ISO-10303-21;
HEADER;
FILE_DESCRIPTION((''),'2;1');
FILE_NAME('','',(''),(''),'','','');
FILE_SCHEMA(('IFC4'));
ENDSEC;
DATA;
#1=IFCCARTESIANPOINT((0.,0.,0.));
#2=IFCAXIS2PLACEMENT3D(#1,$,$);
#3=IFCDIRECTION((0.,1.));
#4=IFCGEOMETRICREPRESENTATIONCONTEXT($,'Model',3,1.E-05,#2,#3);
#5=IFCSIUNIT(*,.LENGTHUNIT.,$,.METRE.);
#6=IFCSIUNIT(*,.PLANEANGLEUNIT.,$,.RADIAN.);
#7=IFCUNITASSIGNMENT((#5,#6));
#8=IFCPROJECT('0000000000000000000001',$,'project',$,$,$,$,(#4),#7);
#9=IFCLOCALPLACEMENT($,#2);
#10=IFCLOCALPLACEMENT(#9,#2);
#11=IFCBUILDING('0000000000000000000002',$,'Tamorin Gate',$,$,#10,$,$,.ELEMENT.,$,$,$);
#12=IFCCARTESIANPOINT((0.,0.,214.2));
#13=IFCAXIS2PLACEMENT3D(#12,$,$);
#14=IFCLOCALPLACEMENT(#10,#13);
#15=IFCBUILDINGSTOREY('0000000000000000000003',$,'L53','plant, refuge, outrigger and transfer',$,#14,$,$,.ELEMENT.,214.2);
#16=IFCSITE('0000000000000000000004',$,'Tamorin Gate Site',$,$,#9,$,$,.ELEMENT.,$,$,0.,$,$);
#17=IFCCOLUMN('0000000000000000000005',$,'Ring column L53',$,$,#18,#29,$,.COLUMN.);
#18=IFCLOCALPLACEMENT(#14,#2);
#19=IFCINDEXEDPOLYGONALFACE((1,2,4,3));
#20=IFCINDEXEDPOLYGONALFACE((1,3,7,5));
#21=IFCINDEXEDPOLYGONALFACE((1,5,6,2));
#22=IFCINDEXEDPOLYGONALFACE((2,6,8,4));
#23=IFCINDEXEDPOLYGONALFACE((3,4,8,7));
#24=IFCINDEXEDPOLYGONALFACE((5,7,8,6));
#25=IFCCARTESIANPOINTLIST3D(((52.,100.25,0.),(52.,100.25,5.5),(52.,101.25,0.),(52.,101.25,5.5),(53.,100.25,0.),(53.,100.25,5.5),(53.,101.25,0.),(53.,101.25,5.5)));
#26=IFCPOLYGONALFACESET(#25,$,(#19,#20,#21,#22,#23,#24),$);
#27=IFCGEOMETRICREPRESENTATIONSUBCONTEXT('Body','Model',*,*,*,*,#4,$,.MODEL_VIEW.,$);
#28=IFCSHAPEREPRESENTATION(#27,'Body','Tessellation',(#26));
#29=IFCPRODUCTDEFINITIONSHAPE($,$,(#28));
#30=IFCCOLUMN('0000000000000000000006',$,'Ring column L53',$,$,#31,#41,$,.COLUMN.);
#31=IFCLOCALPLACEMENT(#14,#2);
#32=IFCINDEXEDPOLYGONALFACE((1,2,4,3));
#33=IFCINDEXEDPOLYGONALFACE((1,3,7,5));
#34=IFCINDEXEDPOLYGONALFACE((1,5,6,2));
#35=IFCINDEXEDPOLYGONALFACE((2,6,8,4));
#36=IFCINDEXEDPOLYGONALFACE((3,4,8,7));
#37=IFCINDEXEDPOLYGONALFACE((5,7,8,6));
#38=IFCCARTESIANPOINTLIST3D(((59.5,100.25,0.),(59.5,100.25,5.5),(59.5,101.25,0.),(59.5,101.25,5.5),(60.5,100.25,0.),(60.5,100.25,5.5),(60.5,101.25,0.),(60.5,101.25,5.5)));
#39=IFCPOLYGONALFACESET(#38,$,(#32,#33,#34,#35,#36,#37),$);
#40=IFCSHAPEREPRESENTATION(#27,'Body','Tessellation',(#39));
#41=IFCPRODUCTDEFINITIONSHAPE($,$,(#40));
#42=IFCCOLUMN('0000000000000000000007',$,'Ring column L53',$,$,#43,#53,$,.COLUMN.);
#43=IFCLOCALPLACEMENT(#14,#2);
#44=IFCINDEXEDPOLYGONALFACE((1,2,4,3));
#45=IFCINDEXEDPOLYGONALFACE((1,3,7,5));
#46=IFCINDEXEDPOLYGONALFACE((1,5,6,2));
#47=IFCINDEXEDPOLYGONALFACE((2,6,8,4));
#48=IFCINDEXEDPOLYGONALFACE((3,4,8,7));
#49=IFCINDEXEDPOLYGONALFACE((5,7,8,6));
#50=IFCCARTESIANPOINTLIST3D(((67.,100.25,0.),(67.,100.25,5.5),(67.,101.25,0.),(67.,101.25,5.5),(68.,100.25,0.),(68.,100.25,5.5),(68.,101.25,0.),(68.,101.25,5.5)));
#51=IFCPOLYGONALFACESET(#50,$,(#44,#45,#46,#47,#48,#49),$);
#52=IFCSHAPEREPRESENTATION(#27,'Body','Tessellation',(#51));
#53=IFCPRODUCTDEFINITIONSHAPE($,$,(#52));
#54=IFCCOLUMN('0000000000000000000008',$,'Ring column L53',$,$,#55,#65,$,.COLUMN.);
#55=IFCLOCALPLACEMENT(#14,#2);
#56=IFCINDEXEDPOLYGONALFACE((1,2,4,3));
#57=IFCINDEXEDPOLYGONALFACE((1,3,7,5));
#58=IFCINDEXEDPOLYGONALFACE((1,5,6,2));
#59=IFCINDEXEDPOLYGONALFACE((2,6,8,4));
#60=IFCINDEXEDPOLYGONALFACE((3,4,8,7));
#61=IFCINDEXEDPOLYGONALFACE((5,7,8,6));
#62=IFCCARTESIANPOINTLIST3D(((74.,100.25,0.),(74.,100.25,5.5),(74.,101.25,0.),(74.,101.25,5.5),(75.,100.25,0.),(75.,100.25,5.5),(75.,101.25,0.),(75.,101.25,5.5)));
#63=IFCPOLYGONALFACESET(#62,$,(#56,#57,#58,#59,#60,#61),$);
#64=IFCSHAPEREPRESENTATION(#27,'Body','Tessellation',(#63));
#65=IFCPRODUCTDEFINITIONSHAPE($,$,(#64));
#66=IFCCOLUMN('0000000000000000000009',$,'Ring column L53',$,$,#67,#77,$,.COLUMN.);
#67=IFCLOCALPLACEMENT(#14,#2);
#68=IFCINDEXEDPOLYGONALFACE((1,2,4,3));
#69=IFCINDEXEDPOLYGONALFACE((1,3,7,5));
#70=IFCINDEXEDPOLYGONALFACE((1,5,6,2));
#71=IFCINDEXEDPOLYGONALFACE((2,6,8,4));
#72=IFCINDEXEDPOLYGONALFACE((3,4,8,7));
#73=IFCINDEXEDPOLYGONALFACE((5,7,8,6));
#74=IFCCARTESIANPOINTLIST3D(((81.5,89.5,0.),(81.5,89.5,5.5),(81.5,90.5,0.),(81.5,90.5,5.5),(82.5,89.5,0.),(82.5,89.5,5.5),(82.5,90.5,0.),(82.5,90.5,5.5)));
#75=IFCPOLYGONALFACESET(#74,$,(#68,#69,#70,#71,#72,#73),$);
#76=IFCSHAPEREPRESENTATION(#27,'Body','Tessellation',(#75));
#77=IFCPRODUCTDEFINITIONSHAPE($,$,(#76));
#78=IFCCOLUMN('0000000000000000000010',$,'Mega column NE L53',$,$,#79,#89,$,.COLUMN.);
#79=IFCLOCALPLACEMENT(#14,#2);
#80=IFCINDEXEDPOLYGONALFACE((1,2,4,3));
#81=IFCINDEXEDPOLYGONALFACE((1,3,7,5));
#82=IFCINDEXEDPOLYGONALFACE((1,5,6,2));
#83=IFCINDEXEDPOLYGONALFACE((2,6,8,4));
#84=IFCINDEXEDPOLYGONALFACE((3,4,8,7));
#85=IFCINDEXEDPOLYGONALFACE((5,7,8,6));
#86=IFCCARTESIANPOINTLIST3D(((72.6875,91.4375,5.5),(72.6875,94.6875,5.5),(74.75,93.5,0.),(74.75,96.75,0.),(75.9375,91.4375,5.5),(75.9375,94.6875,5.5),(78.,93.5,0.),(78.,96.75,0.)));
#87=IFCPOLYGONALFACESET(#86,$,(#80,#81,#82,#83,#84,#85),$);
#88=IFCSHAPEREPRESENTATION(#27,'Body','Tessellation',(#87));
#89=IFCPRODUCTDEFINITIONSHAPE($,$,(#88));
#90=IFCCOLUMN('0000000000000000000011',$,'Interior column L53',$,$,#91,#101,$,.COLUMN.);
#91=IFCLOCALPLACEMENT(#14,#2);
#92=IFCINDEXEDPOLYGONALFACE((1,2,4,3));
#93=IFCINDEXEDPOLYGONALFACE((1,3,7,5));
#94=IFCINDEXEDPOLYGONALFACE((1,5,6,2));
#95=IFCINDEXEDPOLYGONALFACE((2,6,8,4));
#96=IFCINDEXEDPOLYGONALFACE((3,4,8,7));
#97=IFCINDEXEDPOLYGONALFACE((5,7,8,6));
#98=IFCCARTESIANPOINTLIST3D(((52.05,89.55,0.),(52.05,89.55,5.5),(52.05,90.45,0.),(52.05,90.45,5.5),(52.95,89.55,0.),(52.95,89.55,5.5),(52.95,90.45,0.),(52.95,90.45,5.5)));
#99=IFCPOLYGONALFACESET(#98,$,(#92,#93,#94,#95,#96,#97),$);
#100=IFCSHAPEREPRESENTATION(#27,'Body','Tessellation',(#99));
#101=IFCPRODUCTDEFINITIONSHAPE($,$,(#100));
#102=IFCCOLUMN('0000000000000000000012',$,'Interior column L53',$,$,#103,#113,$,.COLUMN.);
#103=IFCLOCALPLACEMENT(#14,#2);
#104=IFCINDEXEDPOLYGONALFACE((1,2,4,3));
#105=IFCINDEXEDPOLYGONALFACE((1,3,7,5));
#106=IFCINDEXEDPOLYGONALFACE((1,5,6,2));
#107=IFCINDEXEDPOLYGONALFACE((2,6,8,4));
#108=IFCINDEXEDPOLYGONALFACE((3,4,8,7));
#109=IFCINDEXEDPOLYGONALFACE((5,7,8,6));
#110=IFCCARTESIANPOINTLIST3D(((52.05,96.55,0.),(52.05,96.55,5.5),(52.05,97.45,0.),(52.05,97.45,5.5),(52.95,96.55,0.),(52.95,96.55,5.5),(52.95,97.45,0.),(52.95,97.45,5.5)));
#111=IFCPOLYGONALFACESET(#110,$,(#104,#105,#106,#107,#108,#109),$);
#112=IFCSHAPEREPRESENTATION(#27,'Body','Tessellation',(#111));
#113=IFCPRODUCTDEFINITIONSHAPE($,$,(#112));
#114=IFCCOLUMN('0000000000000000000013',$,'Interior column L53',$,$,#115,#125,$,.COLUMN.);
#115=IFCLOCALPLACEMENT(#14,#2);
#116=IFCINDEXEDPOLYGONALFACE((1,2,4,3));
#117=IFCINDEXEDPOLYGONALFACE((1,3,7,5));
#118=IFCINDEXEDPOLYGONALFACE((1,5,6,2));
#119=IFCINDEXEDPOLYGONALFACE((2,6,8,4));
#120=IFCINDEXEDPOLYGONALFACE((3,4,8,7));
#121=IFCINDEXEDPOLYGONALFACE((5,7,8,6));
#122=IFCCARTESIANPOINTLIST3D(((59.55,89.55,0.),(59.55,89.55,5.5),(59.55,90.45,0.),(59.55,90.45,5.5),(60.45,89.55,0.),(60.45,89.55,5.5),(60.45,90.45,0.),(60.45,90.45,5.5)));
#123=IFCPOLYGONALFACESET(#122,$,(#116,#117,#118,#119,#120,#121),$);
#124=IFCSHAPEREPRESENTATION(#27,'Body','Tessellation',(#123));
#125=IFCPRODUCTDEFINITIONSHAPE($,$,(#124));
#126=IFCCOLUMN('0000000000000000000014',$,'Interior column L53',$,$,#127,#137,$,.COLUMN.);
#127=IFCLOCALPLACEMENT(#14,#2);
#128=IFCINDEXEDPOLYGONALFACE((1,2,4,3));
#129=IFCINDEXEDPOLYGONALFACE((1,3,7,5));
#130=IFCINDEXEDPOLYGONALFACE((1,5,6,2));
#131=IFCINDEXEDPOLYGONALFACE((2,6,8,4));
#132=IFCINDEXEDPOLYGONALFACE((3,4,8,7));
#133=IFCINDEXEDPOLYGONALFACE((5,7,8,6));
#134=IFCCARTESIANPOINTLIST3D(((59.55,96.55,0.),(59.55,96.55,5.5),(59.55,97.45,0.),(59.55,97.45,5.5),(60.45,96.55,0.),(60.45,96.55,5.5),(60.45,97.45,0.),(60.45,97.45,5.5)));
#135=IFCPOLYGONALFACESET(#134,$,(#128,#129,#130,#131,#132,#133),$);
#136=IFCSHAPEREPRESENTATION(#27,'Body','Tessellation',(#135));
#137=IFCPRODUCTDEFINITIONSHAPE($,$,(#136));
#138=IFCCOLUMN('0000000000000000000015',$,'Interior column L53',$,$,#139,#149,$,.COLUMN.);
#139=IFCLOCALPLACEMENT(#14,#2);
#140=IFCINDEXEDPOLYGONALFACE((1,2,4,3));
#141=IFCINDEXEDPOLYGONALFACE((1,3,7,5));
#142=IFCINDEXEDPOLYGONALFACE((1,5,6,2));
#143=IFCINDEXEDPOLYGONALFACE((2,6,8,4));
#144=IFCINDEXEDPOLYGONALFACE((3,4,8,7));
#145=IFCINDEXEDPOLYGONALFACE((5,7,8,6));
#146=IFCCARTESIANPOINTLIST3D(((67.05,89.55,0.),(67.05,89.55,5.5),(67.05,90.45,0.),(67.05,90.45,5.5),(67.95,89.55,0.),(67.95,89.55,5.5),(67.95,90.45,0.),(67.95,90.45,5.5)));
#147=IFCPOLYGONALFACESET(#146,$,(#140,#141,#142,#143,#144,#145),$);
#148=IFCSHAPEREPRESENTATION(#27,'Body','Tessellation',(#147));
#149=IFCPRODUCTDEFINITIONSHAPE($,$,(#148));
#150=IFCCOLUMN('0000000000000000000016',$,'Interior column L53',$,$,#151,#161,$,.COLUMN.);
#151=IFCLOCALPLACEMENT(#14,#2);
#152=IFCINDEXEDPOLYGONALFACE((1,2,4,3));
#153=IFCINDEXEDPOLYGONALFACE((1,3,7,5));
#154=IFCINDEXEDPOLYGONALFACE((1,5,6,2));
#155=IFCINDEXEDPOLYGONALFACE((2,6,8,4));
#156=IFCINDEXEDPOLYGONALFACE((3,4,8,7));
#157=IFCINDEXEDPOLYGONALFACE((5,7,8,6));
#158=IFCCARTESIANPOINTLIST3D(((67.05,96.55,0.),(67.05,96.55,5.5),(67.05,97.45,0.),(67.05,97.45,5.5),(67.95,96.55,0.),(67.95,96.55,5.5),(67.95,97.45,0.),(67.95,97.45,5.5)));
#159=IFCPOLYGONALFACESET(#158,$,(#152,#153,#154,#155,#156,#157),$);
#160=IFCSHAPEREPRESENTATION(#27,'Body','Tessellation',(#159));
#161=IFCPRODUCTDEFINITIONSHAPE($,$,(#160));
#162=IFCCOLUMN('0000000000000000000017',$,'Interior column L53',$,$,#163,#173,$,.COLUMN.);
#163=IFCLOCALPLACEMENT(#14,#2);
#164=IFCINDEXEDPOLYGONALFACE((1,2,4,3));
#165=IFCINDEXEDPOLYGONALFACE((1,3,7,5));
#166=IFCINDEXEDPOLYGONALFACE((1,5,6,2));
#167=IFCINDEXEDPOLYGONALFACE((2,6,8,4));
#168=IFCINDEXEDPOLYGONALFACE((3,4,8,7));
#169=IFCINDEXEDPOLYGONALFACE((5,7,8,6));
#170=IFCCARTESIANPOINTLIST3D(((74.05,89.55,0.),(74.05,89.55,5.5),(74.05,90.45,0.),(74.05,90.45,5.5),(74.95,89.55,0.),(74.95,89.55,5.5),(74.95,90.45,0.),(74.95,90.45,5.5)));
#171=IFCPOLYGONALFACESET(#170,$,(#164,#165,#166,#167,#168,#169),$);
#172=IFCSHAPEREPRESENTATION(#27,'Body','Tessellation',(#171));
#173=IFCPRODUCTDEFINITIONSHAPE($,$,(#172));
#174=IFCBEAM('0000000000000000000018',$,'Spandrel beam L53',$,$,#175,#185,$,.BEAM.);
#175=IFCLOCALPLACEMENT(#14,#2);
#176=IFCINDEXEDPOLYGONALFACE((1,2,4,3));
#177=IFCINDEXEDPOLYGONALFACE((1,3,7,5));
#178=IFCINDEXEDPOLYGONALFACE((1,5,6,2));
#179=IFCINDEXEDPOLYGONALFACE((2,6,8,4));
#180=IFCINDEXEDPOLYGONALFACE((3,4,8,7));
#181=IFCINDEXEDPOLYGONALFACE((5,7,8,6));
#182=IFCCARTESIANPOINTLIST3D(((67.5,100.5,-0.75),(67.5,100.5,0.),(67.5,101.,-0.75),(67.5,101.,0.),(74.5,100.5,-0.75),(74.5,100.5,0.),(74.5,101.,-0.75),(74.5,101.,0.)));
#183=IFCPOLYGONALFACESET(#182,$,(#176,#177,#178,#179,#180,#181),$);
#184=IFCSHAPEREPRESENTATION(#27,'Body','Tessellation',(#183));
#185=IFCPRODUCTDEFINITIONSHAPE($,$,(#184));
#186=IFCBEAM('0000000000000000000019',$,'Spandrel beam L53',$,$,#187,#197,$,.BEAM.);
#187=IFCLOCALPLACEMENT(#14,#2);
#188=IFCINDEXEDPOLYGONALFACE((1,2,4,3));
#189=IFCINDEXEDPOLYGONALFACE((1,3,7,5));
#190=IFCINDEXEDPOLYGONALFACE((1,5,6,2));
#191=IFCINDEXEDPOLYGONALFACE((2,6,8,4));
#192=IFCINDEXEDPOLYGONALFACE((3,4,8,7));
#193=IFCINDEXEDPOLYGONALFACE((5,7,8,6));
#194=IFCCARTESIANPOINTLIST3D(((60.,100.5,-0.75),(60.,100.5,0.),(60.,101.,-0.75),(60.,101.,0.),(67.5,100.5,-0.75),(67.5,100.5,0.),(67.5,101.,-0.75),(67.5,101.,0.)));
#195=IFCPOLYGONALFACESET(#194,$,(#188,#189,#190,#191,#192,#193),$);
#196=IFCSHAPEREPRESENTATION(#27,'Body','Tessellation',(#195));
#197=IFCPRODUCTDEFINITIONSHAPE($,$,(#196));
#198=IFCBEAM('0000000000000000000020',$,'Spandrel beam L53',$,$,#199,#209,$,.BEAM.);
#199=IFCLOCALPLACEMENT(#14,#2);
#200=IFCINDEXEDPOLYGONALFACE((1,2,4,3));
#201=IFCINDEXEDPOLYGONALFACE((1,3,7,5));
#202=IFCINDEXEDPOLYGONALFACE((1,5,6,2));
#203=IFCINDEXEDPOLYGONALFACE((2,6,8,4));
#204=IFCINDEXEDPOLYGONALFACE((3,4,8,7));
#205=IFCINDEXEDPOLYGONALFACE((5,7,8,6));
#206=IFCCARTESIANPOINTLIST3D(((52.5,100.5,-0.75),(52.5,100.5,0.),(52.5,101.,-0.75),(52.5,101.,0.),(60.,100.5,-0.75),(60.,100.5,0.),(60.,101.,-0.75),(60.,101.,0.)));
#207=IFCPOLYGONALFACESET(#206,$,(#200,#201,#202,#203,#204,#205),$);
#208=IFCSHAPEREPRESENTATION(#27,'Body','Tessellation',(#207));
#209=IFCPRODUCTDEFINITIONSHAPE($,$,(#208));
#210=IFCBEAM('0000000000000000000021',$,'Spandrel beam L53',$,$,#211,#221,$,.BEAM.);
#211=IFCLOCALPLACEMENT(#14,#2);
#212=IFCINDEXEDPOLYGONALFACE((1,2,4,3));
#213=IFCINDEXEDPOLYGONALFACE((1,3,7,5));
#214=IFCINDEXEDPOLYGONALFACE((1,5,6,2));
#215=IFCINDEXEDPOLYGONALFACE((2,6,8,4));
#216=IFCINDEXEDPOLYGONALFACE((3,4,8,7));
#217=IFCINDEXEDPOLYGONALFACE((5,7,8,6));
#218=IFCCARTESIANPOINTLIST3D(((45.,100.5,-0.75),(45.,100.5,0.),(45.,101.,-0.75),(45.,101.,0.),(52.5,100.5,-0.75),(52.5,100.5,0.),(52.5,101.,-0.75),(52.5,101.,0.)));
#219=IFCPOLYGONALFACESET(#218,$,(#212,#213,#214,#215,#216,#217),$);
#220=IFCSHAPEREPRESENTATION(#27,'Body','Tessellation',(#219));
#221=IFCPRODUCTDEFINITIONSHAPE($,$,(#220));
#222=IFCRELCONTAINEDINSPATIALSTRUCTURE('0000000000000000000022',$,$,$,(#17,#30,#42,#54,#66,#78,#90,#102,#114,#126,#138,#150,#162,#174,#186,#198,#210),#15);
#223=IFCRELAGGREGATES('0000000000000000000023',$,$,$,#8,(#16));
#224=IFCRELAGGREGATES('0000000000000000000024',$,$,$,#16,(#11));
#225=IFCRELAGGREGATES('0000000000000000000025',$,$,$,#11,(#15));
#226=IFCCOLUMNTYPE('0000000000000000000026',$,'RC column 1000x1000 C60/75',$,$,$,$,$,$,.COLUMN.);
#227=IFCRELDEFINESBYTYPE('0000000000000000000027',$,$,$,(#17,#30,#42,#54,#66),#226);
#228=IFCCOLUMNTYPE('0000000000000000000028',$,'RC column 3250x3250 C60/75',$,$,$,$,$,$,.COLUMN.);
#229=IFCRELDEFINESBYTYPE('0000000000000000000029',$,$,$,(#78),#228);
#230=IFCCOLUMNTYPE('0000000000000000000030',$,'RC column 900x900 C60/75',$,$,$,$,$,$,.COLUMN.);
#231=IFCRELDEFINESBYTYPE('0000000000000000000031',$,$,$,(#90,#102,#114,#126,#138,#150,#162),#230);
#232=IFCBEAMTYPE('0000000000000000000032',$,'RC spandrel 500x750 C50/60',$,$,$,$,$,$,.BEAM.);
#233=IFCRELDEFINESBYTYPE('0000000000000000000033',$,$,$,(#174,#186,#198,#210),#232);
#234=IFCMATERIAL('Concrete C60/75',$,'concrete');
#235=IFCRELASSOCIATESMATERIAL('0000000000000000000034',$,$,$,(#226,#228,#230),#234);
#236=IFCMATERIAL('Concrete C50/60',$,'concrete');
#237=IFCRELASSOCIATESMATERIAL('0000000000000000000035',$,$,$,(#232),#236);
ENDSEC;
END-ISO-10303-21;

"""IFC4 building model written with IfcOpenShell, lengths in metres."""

from ifc_helpers import new_model, si_unit, direction, frame, origin, origin_2d, place, context, subcontext, project, spatial, rectangle, extrude, material, material_profile, profile_set, type_object, element, save


model = new_model("IFC4")

# Units and contexts
model_context = context("Model", 3, precision=1e-05, world=origin(), true_north=direction((0.0, 1.0)))
body_context = subcontext(model_context, "Body", "Model", "MODEL_VIEW")
ifc_project = project(units=[si_unit("LENGTHUNIT", "METRE"), si_unit("PLANEANGLEUNIT", "RADIAN")], contexts=[model_context])

# Site, building, storey
site_placement = place(None, origin())
site = spatial("IfcSite", under=ifc_project, at=site_placement, Name="Tamorin Gate Site", CompositionType="ELEMENT", RefElevation=0.0)
building_placement = place(site_placement, origin())
building = spatial("IfcBuilding", under=site, at=building_placement, Name="Tamorin Gate", CompositionType="ELEMENT")
storey_placement = place(building_placement, frame((0.0, 0.0, 214.2)))
storey = spatial("IfcBuildingStorey", under=building, at=storey_placement, Name="L53", Description="plant, refuge, outrigger and transfer", CompositionType="ELEMENT", Elevation=214.2)

# Columns
ifc_material_1 = material(Name="Concrete C60/75", Category="concrete")
ifc_material_profile_1 = material_profile(ifc_material_1, rectangle(XDim=1.0, YDim=1.0, at=origin_2d()), Name="RC 1000x1000")
ifc_profile_set_1 = profile_set([ifc_material_profile_1], Name="Concrete C60/75")
column_type_1 = type_object("IfcColumnType", Name="RC column 1000x1000 C60/75", PredefinedType="COLUMN", material=ifc_profile_set_1)
for number, where, z_axis, x_axis, name in (
    (1, (52.5, 100.75, 0.0), (0.0, 0.0, 1.0), (1.0, 0.0, 0.0), "Ring column L53"),
    (2, (60.0, 100.75, 0.0), (0.0, 0.0, 1.0), (1.0, 0.0, 0.0), "Ring column L53"),
    (3, (67.5, 100.75, 0.0), (0.0, 0.0, 1.0), (1.0, 0.0, 0.0), "Ring column L53"),
    (4, (74.5, 100.75, 0.0), (0.0, 0.0, 1.0), (1.0, 0.0, 0.0), "Ring column L53"),
    (5, (82.0, 90.0, 0.0), (0.0, 0.0, 1.0), (1.0, 0.0, 0.0), "Ring column L53"),
):
    element("IfcColumn", number, at=place(storey_placement, frame(where, z_axis=z_axis, x_axis=x_axis)), inside=storey, type_object=column_type_1, Name=name, PredefinedType="COLUMN", context=body_context, shape_type="SweptSolid", body=[
        extrude(rectangle(XDim=1.0, YDim=1.0, at=origin_2d()), origin(), (0.0, 0.0, 1.0), 5.5),
    ])
ifc_material_profile_2 = material_profile(ifc_material_1, rectangle(XDim=3.25, YDim=3.25, at=origin_2d()), Name="RC 3250x3250")
ifc_profile_set_2 = profile_set([ifc_material_profile_2], Name="Concrete C60/75")
column_type_2 = type_object("IfcColumnType", Name="RC column 3250x3250 C60/75", PredefinedType="COLUMN", material=ifc_profile_set_2)
column_placement = place(storey_placement, frame((76.375, 95.125, 0.0), z_axis=(0.0, 0.0, 1.0), x_axis=(-1.0, 0.0, 0.0)))
element("IfcColumn", 6, at=column_placement, inside=storey, type_object=column_type_2, Name="Mega column NE L53", PredefinedType="COLUMN", context=body_context, shape_type="SweptSolid", body=[
    extrude(rectangle(XDim=3.25, YDim=3.25, at=origin_2d()), origin(), (0.331295, 0.331295, 0.883452), 6.2256),
])
ifc_material_profile_3 = material_profile(ifc_material_1, rectangle(XDim=0.8999, YDim=0.8999, at=origin_2d()), Name="RC 900x900")
ifc_profile_set_3 = profile_set([ifc_material_profile_3], Name="Concrete C60/75")
column_type_3 = type_object("IfcColumnType", Name="RC column 900x900 C60/75", PredefinedType="COLUMN", material=ifc_profile_set_3)
for number, where, z_axis, x_axis, name in (
    (7, (52.5, 90.0, 0.0), (0.0, 0.0, 1.0), (1.0, 0.0, 0.0), "Interior column L53"),
    (8, (52.5, 97.0, 0.0), (0.0, 0.0, 1.0), (1.0, 0.0, 0.0), "Interior column L53"),
    (9, (60.0, 90.0, 0.0), (0.0, 0.0, 1.0), (1.0, 0.0, 0.0), "Interior column L53"),
    (10, (60.0, 97.0, 0.0), (0.0, 0.0, 1.0), (1.0, 0.0, 0.0), "Interior column L53"),
    (11, (67.5, 90.0, 0.0), (0.0, 0.0, 1.0), (1.0, 0.0, 0.0), "Interior column L53"),
    (12, (67.5, 97.0, 0.0), (0.0, 0.0, 1.0), (1.0, 0.0, 0.0), "Interior column L53"),
    (13, (74.5, 90.0, 0.0), (0.0, 0.0, 1.0), (1.0, 0.0, 0.0), "Interior column L53"),
):
    element("IfcColumn", number, at=place(storey_placement, frame(where, z_axis=z_axis, x_axis=x_axis)), inside=storey, type_object=column_type_3, Name=name, PredefinedType="COLUMN", context=body_context, shape_type="SweptSolid", body=[
        extrude(rectangle(XDim=0.8999, YDim=0.8999, at=origin_2d()), origin(), (0.0, 0.0, 1.0), 5.5),
    ])

# Beams
ifc_material_2 = material(Name="Concrete C50/60", Category="concrete")
ifc_material_profile_4 = material_profile(ifc_material_2, rectangle(XDim=0.5, YDim=0.75, at=origin_2d()), Name="RC 500x750")
ifc_profile_set_4 = profile_set([ifc_material_profile_4], Name="Concrete C50/60")
beam_type_1 = type_object("IfcBeamType", Name="RC spandrel 500x750 C50/60", PredefinedType="BEAM", material=ifc_profile_set_4)
beam_1_placement = place(storey_placement, frame((74.5, 100.75, -0.375), z_axis=(-1.0, 0.0, 0.0), x_axis=(0.0, -1.0, 0.0)))
element("IfcBeam", 14, at=beam_1_placement, inside=storey, type_object=beam_type_1, Name="Spandrel beam L53", PredefinedType="BEAM", context=body_context, shape_type="SweptSolid", body=[
    extrude(rectangle(XDim=0.5, YDim=0.75, at=origin_2d()), origin(), (0.0, 0.0, 1.0), 7.0),
])
for number, where, z_axis, x_axis, name in (
    (15, (67.5, 100.75, -0.375), (-1.0, 0.0, 0.0), (0.0, -1.0, 0.0), "Spandrel beam L53"),
    (16, (60.0, 100.75, -0.375), (-1.0, 0.0, 0.0), (0.0, -1.0, 0.0), "Spandrel beam L53"),
    (17, (52.5, 100.75, -0.375), (-1.0, 0.0, 0.0), (0.0, -1.0, 0.0), "Spandrel beam L53"),
):
    element("IfcBeam", number, at=place(storey_placement, frame(where, z_axis=z_axis, x_axis=x_axis)), inside=storey, type_object=beam_type_1, Name=name, PredefinedType="BEAM", context=body_context, shape_type="SweptSolid", body=[
        extrude(rectangle(XDim=0.5, YDim=0.75, at=origin_2d()), origin(), (0.0, 0.0, 1.0), 7.5),
    ])

save(model, "model.ifc")
